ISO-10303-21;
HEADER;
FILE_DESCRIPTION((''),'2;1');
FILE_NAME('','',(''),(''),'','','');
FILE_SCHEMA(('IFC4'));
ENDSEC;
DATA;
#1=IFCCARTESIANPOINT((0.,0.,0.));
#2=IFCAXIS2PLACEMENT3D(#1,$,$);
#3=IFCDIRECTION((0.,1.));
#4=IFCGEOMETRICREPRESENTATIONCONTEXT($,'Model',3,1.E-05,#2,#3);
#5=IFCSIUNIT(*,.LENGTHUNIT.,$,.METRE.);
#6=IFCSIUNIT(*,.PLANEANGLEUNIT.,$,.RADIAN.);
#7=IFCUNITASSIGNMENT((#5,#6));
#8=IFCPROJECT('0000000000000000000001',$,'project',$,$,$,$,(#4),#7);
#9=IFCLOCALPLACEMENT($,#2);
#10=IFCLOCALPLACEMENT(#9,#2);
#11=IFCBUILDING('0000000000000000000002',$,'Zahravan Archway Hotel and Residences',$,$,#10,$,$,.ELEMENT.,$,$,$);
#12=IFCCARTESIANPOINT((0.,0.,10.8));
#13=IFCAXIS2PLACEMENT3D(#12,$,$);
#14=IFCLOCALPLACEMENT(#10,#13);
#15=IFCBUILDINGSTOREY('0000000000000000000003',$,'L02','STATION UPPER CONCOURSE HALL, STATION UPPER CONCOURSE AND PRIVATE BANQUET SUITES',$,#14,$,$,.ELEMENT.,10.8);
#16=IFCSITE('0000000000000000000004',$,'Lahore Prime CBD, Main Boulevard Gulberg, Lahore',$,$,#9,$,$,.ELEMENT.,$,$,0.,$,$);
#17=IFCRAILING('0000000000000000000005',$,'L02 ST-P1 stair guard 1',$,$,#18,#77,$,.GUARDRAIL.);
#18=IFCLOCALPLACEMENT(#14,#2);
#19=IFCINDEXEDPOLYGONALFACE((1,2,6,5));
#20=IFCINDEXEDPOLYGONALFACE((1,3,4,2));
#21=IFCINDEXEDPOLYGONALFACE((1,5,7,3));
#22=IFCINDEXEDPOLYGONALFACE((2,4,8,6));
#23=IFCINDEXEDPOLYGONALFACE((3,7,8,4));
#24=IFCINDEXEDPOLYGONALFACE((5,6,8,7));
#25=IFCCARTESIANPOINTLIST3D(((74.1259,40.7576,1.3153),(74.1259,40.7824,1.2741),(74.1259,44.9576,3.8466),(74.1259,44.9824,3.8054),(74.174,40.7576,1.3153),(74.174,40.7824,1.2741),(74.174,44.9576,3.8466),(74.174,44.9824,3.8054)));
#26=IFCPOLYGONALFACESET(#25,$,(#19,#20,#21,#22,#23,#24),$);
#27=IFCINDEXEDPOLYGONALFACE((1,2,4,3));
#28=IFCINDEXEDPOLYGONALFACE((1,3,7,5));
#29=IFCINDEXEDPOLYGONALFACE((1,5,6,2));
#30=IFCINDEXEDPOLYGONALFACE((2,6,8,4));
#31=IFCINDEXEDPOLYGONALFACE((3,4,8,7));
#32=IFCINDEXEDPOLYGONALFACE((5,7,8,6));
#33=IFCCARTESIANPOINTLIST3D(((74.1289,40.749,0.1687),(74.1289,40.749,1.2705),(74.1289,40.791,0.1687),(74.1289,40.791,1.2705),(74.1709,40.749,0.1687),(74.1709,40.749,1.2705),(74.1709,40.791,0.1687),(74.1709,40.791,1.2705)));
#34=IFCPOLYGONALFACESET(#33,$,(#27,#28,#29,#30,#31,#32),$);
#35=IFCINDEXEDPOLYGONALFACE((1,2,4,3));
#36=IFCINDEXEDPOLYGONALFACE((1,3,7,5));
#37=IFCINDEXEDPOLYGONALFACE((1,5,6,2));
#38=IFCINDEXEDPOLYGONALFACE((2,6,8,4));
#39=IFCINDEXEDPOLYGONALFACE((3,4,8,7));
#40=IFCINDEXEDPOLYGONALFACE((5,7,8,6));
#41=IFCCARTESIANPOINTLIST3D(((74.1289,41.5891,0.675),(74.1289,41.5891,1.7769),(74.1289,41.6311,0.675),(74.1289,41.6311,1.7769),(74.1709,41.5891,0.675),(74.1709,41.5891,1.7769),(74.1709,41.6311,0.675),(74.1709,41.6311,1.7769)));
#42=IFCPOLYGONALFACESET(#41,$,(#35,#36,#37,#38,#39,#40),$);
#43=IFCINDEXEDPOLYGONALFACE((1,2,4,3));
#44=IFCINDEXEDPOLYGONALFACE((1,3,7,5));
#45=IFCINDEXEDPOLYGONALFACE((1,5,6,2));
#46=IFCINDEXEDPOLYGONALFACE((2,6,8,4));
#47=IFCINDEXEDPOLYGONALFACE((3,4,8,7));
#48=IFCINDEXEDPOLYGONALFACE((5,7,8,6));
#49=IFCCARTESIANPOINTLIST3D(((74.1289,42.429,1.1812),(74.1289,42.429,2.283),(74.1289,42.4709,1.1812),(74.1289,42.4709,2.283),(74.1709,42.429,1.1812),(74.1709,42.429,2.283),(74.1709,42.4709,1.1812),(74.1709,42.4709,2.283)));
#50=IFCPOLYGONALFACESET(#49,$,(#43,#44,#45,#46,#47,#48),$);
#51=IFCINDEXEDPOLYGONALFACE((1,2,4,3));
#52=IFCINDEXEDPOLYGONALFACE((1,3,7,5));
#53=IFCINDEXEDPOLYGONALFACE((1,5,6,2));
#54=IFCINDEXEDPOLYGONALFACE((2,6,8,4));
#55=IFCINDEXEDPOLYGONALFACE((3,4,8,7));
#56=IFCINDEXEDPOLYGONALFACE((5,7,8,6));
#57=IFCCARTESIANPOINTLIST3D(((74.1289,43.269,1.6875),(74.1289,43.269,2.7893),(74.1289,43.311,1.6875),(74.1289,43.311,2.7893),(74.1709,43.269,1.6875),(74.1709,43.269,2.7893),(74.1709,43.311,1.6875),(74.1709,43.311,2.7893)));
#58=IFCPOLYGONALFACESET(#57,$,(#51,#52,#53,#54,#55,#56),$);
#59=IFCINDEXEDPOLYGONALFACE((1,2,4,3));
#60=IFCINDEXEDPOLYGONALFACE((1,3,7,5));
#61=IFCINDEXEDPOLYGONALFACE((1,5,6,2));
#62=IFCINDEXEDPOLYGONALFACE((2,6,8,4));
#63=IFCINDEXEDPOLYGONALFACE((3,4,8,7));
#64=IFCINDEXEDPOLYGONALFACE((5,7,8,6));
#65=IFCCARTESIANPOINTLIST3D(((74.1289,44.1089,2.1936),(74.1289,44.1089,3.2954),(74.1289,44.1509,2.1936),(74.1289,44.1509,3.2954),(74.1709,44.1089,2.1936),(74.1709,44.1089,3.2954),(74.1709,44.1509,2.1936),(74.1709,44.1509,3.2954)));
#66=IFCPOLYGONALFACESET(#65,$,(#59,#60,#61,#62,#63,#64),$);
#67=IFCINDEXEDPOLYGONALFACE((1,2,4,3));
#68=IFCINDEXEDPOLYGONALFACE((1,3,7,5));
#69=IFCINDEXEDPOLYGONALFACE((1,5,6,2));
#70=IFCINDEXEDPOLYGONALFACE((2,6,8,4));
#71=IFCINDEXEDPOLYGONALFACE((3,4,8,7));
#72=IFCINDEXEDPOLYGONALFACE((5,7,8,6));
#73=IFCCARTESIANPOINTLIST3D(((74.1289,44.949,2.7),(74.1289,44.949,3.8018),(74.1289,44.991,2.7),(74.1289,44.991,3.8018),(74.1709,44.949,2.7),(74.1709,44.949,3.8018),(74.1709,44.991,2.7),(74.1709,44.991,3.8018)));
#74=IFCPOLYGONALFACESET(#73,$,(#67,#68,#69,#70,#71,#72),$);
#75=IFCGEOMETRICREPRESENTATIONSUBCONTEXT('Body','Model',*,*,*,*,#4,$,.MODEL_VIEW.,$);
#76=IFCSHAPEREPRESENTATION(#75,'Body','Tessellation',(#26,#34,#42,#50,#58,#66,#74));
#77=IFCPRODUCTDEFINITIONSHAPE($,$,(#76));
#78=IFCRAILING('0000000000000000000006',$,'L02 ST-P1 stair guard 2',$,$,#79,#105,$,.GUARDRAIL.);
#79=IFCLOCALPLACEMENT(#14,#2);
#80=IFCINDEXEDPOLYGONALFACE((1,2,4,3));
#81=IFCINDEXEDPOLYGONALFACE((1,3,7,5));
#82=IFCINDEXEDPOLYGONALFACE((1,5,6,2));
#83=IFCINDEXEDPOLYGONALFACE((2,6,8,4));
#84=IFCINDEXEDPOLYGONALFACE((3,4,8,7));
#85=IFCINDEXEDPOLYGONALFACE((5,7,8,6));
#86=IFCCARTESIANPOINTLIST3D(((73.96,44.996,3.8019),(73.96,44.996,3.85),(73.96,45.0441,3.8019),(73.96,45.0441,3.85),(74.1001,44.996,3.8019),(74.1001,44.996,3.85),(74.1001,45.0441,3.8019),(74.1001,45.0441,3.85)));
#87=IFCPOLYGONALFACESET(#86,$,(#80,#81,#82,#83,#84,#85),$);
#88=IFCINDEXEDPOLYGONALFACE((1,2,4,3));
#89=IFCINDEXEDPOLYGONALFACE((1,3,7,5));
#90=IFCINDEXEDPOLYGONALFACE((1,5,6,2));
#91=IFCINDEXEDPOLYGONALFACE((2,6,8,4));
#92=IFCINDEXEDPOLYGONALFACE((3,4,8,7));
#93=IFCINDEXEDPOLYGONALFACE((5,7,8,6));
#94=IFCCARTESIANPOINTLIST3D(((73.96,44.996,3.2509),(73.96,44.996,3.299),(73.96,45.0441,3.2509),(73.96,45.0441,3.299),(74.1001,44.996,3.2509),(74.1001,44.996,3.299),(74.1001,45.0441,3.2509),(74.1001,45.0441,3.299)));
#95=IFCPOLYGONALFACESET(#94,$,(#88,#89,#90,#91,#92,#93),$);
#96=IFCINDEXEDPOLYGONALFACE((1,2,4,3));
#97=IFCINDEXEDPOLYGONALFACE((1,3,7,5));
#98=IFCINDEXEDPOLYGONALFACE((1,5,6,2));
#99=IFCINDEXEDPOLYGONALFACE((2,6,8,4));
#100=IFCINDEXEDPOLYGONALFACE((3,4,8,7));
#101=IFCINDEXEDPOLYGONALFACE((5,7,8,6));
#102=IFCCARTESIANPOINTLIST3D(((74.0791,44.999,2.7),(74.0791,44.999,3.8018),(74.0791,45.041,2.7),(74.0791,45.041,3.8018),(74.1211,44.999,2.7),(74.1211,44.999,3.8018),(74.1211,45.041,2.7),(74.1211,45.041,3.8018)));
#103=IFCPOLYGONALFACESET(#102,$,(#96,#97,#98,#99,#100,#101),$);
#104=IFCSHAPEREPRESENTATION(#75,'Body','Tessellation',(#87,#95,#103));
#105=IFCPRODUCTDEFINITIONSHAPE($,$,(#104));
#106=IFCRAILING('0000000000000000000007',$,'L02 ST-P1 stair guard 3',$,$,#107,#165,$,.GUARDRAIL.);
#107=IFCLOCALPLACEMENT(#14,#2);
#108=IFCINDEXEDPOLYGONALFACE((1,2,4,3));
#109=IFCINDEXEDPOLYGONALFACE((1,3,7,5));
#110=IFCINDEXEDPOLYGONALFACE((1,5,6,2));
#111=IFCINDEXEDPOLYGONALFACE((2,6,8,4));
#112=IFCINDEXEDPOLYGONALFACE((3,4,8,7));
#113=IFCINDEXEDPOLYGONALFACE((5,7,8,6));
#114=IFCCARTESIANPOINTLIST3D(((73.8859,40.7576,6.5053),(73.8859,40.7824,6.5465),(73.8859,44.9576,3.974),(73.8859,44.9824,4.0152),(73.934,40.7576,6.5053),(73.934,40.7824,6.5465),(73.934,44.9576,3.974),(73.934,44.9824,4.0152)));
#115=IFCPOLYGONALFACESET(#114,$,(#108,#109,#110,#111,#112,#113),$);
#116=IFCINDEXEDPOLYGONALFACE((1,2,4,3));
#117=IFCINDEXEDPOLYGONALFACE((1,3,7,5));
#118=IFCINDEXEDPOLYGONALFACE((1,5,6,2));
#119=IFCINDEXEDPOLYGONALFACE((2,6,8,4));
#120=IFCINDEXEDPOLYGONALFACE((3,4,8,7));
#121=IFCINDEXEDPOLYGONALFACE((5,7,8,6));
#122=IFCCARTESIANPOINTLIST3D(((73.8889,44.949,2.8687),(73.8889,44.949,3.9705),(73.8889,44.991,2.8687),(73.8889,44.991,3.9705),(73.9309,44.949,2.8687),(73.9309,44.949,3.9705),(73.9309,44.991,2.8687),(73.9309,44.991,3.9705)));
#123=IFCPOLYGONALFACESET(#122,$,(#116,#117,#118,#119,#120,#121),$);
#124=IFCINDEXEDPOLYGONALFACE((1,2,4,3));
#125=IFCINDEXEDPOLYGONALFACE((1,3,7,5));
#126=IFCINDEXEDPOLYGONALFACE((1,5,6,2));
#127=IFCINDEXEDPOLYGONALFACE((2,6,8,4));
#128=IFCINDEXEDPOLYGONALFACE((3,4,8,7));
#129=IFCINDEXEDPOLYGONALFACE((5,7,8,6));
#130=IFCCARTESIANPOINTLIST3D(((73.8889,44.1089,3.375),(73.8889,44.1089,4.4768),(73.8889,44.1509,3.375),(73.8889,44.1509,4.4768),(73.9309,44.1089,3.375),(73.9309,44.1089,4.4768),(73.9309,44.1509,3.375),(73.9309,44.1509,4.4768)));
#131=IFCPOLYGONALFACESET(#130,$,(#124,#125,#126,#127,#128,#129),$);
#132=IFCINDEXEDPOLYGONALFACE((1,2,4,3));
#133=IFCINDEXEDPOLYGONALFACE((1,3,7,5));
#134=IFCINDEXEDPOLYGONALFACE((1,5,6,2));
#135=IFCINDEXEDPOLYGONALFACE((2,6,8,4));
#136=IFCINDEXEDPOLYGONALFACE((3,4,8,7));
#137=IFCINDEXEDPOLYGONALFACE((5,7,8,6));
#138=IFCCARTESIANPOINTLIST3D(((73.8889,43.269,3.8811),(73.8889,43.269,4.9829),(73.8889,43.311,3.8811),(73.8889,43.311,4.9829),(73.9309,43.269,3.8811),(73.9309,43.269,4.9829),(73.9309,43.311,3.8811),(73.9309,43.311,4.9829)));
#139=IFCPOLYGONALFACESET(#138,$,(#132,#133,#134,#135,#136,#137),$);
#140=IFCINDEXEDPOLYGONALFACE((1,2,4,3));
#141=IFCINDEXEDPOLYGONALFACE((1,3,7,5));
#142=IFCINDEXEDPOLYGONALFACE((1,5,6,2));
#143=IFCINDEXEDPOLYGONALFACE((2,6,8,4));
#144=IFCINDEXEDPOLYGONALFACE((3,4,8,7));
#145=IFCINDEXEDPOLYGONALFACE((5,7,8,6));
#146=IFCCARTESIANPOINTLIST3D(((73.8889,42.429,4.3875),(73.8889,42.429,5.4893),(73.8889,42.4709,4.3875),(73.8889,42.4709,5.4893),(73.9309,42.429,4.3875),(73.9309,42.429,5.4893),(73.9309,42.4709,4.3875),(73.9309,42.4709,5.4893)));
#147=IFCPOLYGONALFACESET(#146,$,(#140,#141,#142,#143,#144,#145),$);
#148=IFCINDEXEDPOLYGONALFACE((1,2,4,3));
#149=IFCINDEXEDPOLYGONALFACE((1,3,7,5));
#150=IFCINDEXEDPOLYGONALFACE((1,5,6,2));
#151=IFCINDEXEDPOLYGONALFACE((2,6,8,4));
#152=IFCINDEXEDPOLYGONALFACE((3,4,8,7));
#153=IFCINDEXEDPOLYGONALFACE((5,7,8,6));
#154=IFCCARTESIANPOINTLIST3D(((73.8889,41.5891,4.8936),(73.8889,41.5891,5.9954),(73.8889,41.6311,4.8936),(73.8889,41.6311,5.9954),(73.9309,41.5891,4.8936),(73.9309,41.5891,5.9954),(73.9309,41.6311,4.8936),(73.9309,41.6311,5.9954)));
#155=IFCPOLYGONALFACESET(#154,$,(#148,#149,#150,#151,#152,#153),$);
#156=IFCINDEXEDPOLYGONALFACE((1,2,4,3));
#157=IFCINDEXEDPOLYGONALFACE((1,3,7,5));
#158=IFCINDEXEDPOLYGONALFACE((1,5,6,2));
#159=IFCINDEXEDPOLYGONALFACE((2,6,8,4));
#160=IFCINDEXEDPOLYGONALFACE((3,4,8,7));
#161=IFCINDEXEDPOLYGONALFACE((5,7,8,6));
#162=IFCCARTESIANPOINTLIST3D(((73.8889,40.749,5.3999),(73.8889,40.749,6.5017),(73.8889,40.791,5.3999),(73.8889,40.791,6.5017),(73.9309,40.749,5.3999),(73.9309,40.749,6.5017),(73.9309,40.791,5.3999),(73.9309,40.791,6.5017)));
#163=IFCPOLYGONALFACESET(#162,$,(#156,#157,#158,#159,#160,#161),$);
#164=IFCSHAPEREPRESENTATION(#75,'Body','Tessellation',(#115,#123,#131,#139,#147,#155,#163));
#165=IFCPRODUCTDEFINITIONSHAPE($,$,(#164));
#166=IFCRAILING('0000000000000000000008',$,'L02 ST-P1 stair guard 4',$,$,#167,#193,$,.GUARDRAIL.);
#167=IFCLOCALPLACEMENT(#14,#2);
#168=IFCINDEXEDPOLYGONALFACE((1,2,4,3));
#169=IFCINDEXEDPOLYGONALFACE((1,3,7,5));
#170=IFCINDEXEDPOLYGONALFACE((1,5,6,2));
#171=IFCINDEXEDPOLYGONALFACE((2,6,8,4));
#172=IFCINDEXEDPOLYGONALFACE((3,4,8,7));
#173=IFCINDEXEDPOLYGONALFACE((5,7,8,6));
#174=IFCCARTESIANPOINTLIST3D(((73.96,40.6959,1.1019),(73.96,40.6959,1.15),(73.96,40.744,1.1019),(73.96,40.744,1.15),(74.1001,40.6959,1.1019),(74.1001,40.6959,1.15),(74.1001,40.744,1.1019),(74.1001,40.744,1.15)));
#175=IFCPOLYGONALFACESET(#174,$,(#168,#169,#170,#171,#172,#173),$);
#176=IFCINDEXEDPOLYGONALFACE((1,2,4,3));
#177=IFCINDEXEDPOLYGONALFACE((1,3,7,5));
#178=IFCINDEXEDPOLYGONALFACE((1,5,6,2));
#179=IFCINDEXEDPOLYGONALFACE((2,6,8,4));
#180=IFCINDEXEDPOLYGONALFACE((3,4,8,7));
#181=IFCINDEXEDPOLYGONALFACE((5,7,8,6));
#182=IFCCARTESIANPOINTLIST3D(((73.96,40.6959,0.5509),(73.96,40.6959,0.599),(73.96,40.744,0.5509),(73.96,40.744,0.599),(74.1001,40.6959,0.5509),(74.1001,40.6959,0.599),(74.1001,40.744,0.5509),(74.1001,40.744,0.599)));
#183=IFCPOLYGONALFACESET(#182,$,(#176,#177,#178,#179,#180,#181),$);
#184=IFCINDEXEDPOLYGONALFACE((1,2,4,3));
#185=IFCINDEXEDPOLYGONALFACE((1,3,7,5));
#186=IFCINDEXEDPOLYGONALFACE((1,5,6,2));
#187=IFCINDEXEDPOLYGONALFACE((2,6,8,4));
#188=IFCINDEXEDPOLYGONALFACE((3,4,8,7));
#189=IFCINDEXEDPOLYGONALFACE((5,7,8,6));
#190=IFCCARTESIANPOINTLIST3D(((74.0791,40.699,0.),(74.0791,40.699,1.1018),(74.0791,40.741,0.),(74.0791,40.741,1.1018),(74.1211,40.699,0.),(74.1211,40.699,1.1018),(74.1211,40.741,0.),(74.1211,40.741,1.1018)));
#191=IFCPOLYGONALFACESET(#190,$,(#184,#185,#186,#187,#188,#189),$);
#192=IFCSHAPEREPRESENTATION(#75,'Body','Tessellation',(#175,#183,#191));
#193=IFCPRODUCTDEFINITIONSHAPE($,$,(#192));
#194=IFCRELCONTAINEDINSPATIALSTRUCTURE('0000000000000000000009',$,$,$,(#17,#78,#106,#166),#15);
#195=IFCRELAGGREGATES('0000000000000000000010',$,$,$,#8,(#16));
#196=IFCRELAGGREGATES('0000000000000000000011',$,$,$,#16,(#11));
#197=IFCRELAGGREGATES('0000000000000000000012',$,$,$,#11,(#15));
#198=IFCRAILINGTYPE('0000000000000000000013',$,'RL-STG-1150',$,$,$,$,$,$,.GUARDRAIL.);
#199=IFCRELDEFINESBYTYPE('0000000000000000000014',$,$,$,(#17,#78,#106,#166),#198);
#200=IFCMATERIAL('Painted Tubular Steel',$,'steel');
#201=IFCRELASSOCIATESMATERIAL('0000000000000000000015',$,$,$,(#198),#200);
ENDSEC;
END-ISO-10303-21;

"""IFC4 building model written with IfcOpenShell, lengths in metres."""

from ifc_helpers import new_model, si_unit, direction, frame, origin, origin_2d, place, context, subcontext, project, spatial, rectangle, extrude, material, type_object, element, save


model = new_model("IFC4")

# Units and contexts
model_context = context("Model", 3, precision=1e-05, world=origin(), true_north=direction((0.0, 1.0)))
body_context = subcontext(model_context, "Body", "Model", "MODEL_VIEW")
ifc_project = project(units=[si_unit("LENGTHUNIT", "METRE"), si_unit("PLANEANGLEUNIT", "RADIAN")], contexts=[model_context])

# Site, building, storey
site_placement = place(None, origin())
site = spatial("IfcSite", under=ifc_project, at=site_placement, Name="Lahore Prime CBD, Main Boulevard Gulberg, Lahore", CompositionType="ELEMENT", RefElevation=0.0)
building_placement = place(site_placement, origin())
building = spatial("IfcBuilding", under=site, at=building_placement, Name="Zahravan Archway Hotel and Residences", CompositionType="ELEMENT")
storey_placement = place(building_placement, frame((0.0, 0.0, 10.8)))
storey = spatial("IfcBuildingStorey", under=building, at=storey_placement, Name="L02", Description="STATION UPPER CONCOURSE HALL, STATION UPPER CONCOURSE AND PRIVATE BANQUET SUITES", CompositionType="ELEMENT", Elevation=10.8)

# Railings
ifc_material_1 = material(Name="Painted Tubular Steel", Category="steel")
railing_type_1 = type_object("IfcRailingType", Name="RL-STG-1150", PredefinedType="GUARDRAIL", material=ifc_material_1)
railing_1_placement = place(storey_placement, frame((74.1499, 40.77, 0.1687)))
element("IfcRailing", 1, at=railing_1_placement, inside=storey, type_object=railing_type_1, Name="L02 ST-P1 stair guard 1", PredefinedType="GUARDRAIL", context=body_context, shape_type="SweptSolid", body=[
    extrude(rectangle(XDim=0.0481, YDim=0.0481, at=origin_2d()), frame((0.0, 0.0, 1.126), z_axis=(0.0, 0.856476, 0.516186), x_axis=(-1.0, 0.0, 0.0)), (0.0, 0.0, 1.0), 4.9038),
    extrude(rectangle(XDim=0.042, YDim=0.042, at=origin_2d()), origin(), (0.0, 0.0, 1.0), 1.1018),
    extrude(rectangle(XDim=0.042, YDim=0.042, at=origin_2d()), frame((0.0, 0.8401, 0.5063)), (0.0, 0.0, 1.0), 1.1018),
    extrude(rectangle(XDim=0.042, YDim=0.042, at=origin_2d()), frame((0.0, 1.6799, 1.0125)), (0.0, 0.0, 1.0), 1.1018),
    extrude(rectangle(XDim=0.042, YDim=0.042, at=origin_2d()), frame((0.0, 2.52, 1.5188)), (0.0, 0.0, 1.0), 1.1018),
    extrude(rectangle(XDim=0.042, YDim=0.042, at=origin_2d()), frame((0.0, 3.3599, 2.0249)), (0.0, 0.0, 1.0), 1.1018),
    extrude(rectangle(XDim=0.042, YDim=0.042, at=origin_2d()), frame((0.0, 4.2, 2.5312)), (0.0, 0.0, 1.0), 1.1018),
])
railing_2_placement = place(storey_placement, frame((74.1001, 45.02, 2.7)))
element("IfcRailing", 2, at=railing_2_placement, inside=storey, type_object=railing_type_1, Name="L02 ST-P1 stair guard 2", PredefinedType="GUARDRAIL", context=body_context, shape_type="SweptSolid", body=[
    extrude(rectangle(XDim=0.0481, YDim=0.0481, at=origin_2d()), frame((0.0, 0.0, 1.126), z_axis=(-1.0, 0.0, 0.0), x_axis=(0.0, -1.0, 0.0)), (0.0, 0.0, 1.0), 0.1401),
    extrude(rectangle(XDim=0.0481, YDim=0.0481, at=origin_2d()), frame((0.0, 0.0, 0.575), z_axis=(-1.0, 0.0, 0.0), x_axis=(0.0, -1.0, 0.0)), (0.0, 0.0, 1.0), 0.1401),
    extrude(rectangle(XDim=0.042, YDim=0.042, at=origin_2d()), origin(), (0.0, 0.0, 1.0), 1.1018),
])
railing_3_placement = place(storey_placement, frame((73.9099, 44.97, 2.8687)))
element("IfcRailing", 3, at=railing_3_placement, inside=storey, type_object=railing_type_1, Name="L02 ST-P1 stair guard 3", PredefinedType="GUARDRAIL", context=body_context, shape_type="SweptSolid", body=[
    extrude(rectangle(XDim=0.0481, YDim=0.0481, at=origin_2d()), frame((0.0, 0.0, 1.126), z_axis=(0.0, -0.856476, 0.516186), x_axis=(1.0, 0.0, 0.0)), (0.0, 0.0, 1.0), 4.9038),
    extrude(rectangle(XDim=0.042, YDim=0.042, at=origin_2d()), origin(), (0.0, 0.0, 1.0), 1.1018),
    extrude(rectangle(XDim=0.042, YDim=0.042, at=origin_2d()), frame((0.0, -0.8401, 0.5063)), (0.0, 0.0, 1.0), 1.1018),
    extrude(rectangle(XDim=0.042, YDim=0.042, at=origin_2d()), frame((0.0, -1.6799, 1.0125)), (0.0, 0.0, 1.0), 1.1018),
    extrude(rectangle(XDim=0.042, YDim=0.042, at=origin_2d()), frame((0.0, -2.52, 1.5188)), (0.0, 0.0, 1.0), 1.1018),
    extrude(rectangle(XDim=0.042, YDim=0.042, at=origin_2d()), frame((0.0, -3.3599, 2.0249)), (0.0, 0.0, 1.0), 1.1018),
    extrude(rectangle(XDim=0.042, YDim=0.042, at=origin_2d()), frame((0.0, -4.2, 2.5312)), (0.0, 0.0, 1.0), 1.1018),
])
railing_4_placement = place(storey_placement, frame((74.1001, 40.72, 0.0)))
element("IfcRailing", 4, at=railing_4_placement, inside=storey, type_object=railing_type_1, Name="L02 ST-P1 stair guard 4", PredefinedType="GUARDRAIL", context=body_context, shape_type="SweptSolid", body=[
    extrude(rectangle(XDim=0.0481, YDim=0.0481, at=origin_2d()), frame((0.0, 0.0, 1.126), z_axis=(-1.0, 0.0, 0.0), x_axis=(0.0, -1.0, 0.0)), (0.0, 0.0, 1.0), 0.1401),
    extrude(rectangle(XDim=0.0481, YDim=0.0481, at=origin_2d()), frame((0.0, 0.0, 0.575), z_axis=(-1.0, 0.0, 0.0), x_axis=(0.0, -1.0, 0.0)), (0.0, 0.0, 1.0), 0.1401),
    extrude(rectangle(XDim=0.042, YDim=0.042, at=origin_2d()), origin(), (0.0, 0.0, 1.0), 1.1018),
])

save(model, "model.ifc")
